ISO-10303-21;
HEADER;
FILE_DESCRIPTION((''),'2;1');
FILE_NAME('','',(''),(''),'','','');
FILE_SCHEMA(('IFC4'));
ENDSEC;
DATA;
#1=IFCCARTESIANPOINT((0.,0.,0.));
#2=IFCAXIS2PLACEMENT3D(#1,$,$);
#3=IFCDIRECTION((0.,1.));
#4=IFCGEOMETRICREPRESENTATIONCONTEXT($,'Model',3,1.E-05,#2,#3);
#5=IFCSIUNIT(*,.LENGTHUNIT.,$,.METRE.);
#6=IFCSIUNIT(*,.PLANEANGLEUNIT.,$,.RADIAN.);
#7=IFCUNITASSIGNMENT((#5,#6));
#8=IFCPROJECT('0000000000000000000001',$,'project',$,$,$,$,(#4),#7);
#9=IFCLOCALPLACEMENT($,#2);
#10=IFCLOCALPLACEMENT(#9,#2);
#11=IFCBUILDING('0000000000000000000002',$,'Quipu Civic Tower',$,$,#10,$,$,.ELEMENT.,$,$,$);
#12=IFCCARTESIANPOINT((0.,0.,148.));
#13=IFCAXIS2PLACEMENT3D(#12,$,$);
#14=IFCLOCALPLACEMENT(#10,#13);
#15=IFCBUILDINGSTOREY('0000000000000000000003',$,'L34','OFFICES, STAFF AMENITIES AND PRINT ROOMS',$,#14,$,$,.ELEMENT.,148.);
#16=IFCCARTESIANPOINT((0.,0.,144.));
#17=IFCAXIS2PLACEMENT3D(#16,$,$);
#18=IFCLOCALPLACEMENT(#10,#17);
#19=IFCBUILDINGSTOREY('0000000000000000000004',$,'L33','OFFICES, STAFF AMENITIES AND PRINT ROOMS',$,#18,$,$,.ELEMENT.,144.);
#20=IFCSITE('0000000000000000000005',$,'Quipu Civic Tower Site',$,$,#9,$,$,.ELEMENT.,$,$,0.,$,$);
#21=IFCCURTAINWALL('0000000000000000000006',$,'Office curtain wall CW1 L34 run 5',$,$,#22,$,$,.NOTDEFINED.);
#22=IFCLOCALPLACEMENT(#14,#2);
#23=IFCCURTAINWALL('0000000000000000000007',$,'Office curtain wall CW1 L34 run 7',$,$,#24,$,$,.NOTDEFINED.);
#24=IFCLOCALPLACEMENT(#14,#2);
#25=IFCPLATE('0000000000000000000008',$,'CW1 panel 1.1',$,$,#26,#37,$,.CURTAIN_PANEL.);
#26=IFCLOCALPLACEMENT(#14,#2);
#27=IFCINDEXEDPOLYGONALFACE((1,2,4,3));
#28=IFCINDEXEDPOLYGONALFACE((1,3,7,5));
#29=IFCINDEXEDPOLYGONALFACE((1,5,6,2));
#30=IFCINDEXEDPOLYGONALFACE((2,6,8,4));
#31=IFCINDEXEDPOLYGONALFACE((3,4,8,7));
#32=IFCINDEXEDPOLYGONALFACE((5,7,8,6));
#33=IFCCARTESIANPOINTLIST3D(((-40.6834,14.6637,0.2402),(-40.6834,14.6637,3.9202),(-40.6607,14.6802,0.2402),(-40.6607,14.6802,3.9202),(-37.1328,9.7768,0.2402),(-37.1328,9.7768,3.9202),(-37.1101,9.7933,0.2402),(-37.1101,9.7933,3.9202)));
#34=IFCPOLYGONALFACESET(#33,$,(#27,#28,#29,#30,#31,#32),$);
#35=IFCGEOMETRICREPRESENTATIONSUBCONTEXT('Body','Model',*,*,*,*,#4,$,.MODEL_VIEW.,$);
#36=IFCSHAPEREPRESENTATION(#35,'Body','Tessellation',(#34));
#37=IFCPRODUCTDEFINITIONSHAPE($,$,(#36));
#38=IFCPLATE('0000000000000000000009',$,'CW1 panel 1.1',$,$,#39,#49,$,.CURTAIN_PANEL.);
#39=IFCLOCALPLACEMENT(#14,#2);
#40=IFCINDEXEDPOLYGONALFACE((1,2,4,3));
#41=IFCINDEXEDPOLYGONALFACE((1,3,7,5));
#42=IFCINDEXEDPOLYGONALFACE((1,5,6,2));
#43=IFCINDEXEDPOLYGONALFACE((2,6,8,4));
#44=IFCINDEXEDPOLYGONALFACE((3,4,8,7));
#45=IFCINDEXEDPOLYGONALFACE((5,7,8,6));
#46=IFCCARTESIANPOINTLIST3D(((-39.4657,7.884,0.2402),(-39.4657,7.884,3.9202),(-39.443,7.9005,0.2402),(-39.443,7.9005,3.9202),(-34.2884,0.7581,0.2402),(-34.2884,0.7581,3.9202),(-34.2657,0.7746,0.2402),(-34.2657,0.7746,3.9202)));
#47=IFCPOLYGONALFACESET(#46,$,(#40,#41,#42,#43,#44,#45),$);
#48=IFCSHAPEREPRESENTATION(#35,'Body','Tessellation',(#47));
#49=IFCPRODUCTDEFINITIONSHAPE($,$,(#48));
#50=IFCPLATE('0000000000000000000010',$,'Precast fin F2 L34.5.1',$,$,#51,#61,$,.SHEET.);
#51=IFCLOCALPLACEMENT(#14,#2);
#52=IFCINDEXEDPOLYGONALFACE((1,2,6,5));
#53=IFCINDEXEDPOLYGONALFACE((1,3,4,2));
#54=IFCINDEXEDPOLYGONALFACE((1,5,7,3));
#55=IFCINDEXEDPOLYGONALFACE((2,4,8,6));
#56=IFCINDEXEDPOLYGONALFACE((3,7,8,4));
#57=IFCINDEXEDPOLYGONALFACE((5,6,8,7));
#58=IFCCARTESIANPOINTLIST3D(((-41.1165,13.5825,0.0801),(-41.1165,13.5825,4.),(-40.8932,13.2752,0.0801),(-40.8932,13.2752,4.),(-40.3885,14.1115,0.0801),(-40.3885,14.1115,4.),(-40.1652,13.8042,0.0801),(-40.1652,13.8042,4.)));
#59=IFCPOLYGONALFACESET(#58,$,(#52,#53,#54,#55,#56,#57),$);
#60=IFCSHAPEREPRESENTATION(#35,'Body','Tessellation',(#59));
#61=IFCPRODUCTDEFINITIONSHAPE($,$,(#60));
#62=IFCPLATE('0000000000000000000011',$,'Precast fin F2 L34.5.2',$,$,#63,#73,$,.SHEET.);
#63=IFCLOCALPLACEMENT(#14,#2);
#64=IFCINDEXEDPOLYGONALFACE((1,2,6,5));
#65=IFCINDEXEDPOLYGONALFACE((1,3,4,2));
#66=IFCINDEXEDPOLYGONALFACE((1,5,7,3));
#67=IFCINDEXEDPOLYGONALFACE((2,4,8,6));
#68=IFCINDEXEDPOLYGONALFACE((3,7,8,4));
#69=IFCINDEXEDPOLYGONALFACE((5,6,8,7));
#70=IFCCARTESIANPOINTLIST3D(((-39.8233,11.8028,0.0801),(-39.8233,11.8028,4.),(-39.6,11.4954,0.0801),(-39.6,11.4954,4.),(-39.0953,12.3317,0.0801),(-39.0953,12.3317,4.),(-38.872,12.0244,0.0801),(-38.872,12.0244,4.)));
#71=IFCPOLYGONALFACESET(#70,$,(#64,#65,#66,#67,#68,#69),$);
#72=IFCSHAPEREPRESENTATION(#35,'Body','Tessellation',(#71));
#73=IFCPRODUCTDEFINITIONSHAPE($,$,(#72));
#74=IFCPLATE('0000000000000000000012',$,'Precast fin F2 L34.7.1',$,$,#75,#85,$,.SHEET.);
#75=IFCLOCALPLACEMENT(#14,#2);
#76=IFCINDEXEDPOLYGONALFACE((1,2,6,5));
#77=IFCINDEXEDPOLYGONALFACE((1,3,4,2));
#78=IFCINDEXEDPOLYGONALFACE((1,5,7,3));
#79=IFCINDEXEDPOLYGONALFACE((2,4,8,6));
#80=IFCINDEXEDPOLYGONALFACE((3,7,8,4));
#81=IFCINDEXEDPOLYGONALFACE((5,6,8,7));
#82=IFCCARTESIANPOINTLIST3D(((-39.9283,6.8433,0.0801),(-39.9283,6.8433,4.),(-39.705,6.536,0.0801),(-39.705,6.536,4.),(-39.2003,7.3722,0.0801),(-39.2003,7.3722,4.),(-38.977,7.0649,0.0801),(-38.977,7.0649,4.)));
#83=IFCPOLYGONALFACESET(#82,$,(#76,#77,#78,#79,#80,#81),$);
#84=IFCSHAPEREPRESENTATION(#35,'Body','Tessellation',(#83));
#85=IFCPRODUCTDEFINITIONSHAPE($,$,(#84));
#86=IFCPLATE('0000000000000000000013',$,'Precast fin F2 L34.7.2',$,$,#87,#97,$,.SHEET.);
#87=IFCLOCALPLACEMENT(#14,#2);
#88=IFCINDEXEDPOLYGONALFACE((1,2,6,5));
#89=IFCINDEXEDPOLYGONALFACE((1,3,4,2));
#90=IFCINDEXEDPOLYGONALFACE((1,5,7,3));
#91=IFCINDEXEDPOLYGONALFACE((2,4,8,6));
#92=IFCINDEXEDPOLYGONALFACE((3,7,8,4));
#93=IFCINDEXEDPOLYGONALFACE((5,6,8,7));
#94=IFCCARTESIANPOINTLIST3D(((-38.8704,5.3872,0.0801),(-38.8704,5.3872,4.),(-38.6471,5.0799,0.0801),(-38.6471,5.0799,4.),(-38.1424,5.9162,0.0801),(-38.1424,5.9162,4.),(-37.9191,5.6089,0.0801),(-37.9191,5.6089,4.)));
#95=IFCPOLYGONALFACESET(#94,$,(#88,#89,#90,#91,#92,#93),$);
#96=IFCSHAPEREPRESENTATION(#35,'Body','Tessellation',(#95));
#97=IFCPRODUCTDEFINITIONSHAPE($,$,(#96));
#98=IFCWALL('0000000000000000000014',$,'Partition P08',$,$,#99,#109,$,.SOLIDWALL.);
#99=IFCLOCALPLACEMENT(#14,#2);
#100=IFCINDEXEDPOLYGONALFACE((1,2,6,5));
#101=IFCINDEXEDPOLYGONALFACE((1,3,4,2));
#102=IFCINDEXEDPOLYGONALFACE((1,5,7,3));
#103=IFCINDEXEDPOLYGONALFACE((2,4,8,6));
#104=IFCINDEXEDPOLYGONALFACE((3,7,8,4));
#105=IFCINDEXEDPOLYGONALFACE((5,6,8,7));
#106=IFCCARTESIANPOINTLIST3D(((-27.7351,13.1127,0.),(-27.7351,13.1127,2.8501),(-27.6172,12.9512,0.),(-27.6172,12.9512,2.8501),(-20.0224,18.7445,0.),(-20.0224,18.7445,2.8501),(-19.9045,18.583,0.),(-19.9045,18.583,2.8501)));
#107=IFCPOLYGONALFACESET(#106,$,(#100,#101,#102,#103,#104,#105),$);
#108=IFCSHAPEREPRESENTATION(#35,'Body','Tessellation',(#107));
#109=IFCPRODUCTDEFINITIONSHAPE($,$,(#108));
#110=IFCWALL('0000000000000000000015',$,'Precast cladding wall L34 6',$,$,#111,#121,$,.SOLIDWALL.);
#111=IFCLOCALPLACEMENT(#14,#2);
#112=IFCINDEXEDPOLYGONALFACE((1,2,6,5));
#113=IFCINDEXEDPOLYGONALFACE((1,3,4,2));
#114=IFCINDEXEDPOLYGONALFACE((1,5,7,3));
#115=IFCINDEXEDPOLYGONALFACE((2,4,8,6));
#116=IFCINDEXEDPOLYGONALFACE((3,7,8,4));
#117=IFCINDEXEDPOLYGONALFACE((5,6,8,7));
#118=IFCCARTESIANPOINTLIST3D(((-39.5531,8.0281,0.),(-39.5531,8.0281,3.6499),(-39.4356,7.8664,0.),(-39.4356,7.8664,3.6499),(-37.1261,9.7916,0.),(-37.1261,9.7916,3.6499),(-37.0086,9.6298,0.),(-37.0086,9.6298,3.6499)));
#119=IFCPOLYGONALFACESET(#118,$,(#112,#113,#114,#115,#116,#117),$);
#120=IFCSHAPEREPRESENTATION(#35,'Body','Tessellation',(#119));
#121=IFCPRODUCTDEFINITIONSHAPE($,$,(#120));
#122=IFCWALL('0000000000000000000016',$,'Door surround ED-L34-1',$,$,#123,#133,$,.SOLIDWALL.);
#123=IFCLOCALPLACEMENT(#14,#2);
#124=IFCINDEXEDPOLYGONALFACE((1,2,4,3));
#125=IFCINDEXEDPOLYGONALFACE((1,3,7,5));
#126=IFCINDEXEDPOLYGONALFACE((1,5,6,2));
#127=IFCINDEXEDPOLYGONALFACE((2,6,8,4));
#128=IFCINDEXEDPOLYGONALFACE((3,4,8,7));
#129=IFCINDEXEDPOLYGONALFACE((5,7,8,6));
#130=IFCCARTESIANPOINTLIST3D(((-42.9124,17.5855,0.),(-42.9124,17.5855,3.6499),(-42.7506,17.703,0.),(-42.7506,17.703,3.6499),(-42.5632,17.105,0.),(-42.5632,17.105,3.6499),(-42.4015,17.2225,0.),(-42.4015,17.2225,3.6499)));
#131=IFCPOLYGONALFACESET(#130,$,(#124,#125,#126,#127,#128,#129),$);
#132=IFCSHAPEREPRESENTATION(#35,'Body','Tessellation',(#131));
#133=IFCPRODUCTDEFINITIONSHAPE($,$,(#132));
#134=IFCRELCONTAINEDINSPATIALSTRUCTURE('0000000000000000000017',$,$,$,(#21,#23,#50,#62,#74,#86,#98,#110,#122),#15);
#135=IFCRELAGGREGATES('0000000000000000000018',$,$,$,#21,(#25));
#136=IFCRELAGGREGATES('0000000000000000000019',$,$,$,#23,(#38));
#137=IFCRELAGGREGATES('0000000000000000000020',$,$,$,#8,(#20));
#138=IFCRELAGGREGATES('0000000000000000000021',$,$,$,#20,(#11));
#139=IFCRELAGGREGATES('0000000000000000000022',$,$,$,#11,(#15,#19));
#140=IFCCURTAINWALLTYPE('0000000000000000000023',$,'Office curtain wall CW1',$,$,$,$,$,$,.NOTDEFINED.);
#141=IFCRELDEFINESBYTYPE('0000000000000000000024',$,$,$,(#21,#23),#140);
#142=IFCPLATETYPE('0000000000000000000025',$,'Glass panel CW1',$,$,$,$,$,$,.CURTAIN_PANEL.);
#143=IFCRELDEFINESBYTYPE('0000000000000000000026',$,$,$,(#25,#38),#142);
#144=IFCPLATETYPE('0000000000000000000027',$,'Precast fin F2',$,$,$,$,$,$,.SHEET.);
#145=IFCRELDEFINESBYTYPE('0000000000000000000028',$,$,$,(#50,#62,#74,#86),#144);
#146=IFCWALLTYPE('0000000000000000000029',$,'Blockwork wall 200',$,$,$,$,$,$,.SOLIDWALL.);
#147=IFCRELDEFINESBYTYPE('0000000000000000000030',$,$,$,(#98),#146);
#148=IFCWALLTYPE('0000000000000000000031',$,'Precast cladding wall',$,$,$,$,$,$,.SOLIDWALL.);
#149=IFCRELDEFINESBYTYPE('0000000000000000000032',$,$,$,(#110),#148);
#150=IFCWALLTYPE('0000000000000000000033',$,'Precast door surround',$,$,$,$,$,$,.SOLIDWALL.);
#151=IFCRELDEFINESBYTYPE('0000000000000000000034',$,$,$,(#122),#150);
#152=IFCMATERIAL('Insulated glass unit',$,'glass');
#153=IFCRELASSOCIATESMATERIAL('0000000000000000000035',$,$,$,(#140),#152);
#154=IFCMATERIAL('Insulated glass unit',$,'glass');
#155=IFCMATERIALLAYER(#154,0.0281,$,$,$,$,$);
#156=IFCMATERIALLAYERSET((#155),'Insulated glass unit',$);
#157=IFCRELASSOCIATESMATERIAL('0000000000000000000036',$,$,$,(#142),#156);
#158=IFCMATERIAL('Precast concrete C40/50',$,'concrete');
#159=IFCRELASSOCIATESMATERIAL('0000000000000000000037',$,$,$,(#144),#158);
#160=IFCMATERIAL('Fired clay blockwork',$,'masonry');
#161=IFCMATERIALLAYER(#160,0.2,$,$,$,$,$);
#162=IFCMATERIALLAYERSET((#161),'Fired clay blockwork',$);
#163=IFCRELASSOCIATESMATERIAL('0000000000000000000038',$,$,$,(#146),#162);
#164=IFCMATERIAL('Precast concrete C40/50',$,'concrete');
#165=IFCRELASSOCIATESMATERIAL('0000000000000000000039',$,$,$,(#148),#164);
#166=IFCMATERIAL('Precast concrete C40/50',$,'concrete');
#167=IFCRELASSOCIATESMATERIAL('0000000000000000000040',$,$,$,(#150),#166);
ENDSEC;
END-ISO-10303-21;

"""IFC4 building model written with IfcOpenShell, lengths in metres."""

from ifc_helpers import new_model, si_unit, direction, frame, frame_2d, origin, origin_2d, place, context, subcontext, project, spatial, rectangle, extrude, material, layer, layer_set, type_object, element, aggregate, save


model = new_model("IFC4")

# Units and contexts
model_context = context("Model", 3, precision=1e-05, world=origin(), true_north=direction((0.0, 1.0)))
body_context = subcontext(model_context, "Body", "Model", "MODEL_VIEW")
ifc_project = project(units=[si_unit("LENGTHUNIT", "METRE"), si_unit("PLANEANGLEUNIT", "RADIAN")], contexts=[model_context])

# Site, building, storey
site_placement = place(None, origin())
site = spatial("IfcSite", under=ifc_project, at=site_placement, Name="Quipu Civic Tower Site", CompositionType="ELEMENT", RefElevation=0.0)
building_placement = place(site_placement, origin())
building = spatial("IfcBuilding", under=site, at=building_placement, Name="Quipu Civic Tower", CompositionType="ELEMENT")
storey_1_placement = place(building_placement, frame((0.0, 0.0, 148.0)))
storey_1 = spatial("IfcBuildingStorey", under=building, at=storey_1_placement, Name="L34", Description="OFFICES, STAFF AMENITIES AND PRINT ROOMS", CompositionType="ELEMENT", Elevation=148.0)

# Curtain wall
ifc_material_1 = material(Name="Insulated glass unit", Category="glass")
curtain_wall_type = type_object("IfcCurtainWallType", Name="Office curtain wall CW1", PredefinedType="NOTDEFINED", material=ifc_material_1)
curtain_wall_1_placement = place(storey_1_placement, origin())
curtain_wall_1 = element("IfcCurtainWall", 1, at=curtain_wall_1_placement, inside=storey_1, type_object=curtain_wall_type, Name="Office curtain wall CW1 L34 run 5", PredefinedType="NOTDEFINED")

# Curtain wall
curtain_wall_2_placement = place(storey_1_placement, origin())
curtain_wall_2 = element("IfcCurtainWall", 2, at=curtain_wall_2_placement, inside=storey_1, type_object=curtain_wall_type, Name="Office curtain wall CW1 L34 run 7", PredefinedType="NOTDEFINED")

# Shared definitions
storey_2_placement = place(building_placement, frame((0.0, 0.0, 144.0)))
storey_2 = spatial("IfcBuildingStorey", under=building, at=storey_2_placement, Name="L33", Description="OFFICES, STAFF AMENITIES AND PRINT ROOMS", CompositionType="ELEMENT", Elevation=144.0)

# Plates
ifc_material_2 = material(Name="Insulated glass unit", Category="glass")
ifc_layer_1 = layer(ifc_material_2, 0.0281)
ifc_layer_set_1 = layer_set([ifc_layer_1], Name="Insulated glass unit")
plate_type_1 = type_object("IfcPlateType", Name="Glass panel CW1", PredefinedType="CURTAIN_PANEL", material=ifc_layer_set_1)
plate_1_placement = place(storey_1_placement, frame((-38.8967, 12.2285, 0.2402), z_axis=(0.0, 0.0, 1.0), x_axis=(0.58779, -0.809014, 0.0)))
plate_1 = element("IfcPlate", 3, at=plate_1_placement, type_object=plate_type_1, Name="CW1 panel 1.1", PredefinedType="CURTAIN_PANEL", context=body_context, shape_type="SweptSolid", body=[
    extrude(rectangle(XDim=6.0405, YDim=0.0281, at=origin_2d()), origin(), (0.0, 0.0, 1.0), 3.6799),
])
aggregate(curtain_wall_1, [plate_1])
plate_2_placement = place(storey_1_placement, frame((-36.8657, 4.3293, 0.2402), z_axis=(0.0, 0.0, 1.0), x_axis=(0.587787, -0.809016, 0.0)))
plate_2 = element("IfcPlate", 4, at=plate_2_placement, type_object=plate_type_1, Name="CW1 panel 1.1", PredefinedType="CURTAIN_PANEL", context=body_context, shape_type="SweptSolid", body=[
    extrude(rectangle(XDim=8.8081, YDim=0.0281, at=origin_2d()), origin(), (0.0, 0.0, 1.0), 3.6799),
])
aggregate(curtain_wall_2, [plate_2])

# Plates
ifc_material_3 = material(Name="Precast concrete C40/50", Category="concrete")
plate_type_2 = type_object("IfcPlateType", Name="Precast fin F2", PredefinedType="SHEET", material=ifc_material_3)
for number, where, z_axis, x_axis, name in (
    (5, (-40.6409, 13.6934, 0.0801), (0.0, 0.0, 1.0), (0.587786, -0.809016, 0.0), "Precast fin F2 L34.5.1"),
    (6, (-39.3477, 11.9136, 0.0801), (0.0, 0.0, 1.0), (0.587786, -0.809016, 0.0), "Precast fin F2 L34.5.2"),
    (7, (-39.4526, 6.9541, 0.0801), (0.0, 0.0, 1.0), (0.587787, -0.809016, 0.0), "Precast fin F2 L34.7.1"),
    (8, (-38.3948, 5.498, 0.0801), (0.0, 0.0, 1.0), (0.587787, -0.809016, 0.0), "Precast fin F2 L34.7.2"),
):
    element("IfcPlate", number, at=place(storey_1_placement, frame(where, z_axis=z_axis, x_axis=x_axis)), inside=storey_1, type_object=plate_type_2, Name=name, PredefinedType="SHEET", context=body_context, shape_type="SweptSolid", body=[
        extrude(rectangle(XDim=0.3799, YDim=0.8999, at=origin_2d()), origin(), (0.0, 0.0, 1.0), 3.9199),
    ])

# Walls
ifc_material_4 = material(Name="Fired clay blockwork", Category="masonry")
ifc_layer_2 = layer(ifc_material_4, 0.2)
ifc_layer_set_2 = layer_set([ifc_layer_2], Name="Fired clay blockwork")
wall_type_1 = type_object("IfcWallType", Name="Blockwork wall 200", PredefinedType="SOLIDWALL", material=ifc_layer_set_2)
wall_1_placement = place(storey_1_placement, frame((-27.676, 13.032, 0.0), z_axis=(0.0, 0.0, 1.0), x_axis=(0.807607, 0.589721, 0.0)))
element("IfcWall", 9, at=wall_1_placement, inside=storey_1, type_object=wall_type_1, Name="Partition P08", PredefinedType="SOLIDWALL", context=body_context, shape_type="SweptSolid", body=[
    extrude(rectangle(XDim=9.55, YDim=0.2, at=frame_2d((4.7749, 0.0))), origin(), (0.0, 0.0, 1.0), 2.8501),
])
ifc_material_5 = material(Name="Precast concrete C40/50", Category="concrete")
wall_type_2 = type_object("IfcWallType", Name="Precast cladding wall", PredefinedType="SOLIDWALL", material=ifc_material_5)
wall_2_placement = place(storey_1_placement, frame((-37.0674, 9.7107, 0.0), z_axis=(0.0, 0.0, 1.0), x_axis=(-0.809, -0.587809, 0.0)))
element("IfcWall", 10, at=wall_2_placement, inside=storey_1, type_object=wall_type_2, Name="Precast cladding wall L34 6", PredefinedType="SOLIDWALL", context=body_context, shape_type="SweptSolid", body=[
    extrude(rectangle(XDim=3.0, YDim=0.2, at=frame_2d((1.5, 0.0))), origin(), (0.0, 0.0, 1.0), 3.6499),
])

# Shared definitions
ifc_material_6 = material(Name="Precast concrete C40/50", Category="concrete")
wall_type_3 = type_object("IfcWallType", Name="Precast door surround", PredefinedType="SOLIDWALL", material=ifc_material_6)

# Wall
wall_3_placement = place(storey_1_placement, frame((-42.4824, 17.1638, 0.0), z_axis=(0.0, 0.0, 1.0), x_axis=(-0.587829, 0.808985, 0.0)))
element("IfcWall", 11, at=wall_3_placement, inside=storey_1, type_object=wall_type_3, Name="Door surround ED-L34-1", PredefinedType="SOLIDWALL", context=body_context, shape_type="SweptSolid", body=[
    extrude(rectangle(XDim=0.594, YDim=0.2, at=frame_2d((0.2969, 0.0))), origin(), (0.0, 0.0, 1.0), 3.6499),
])

save(model, "model.ifc")
